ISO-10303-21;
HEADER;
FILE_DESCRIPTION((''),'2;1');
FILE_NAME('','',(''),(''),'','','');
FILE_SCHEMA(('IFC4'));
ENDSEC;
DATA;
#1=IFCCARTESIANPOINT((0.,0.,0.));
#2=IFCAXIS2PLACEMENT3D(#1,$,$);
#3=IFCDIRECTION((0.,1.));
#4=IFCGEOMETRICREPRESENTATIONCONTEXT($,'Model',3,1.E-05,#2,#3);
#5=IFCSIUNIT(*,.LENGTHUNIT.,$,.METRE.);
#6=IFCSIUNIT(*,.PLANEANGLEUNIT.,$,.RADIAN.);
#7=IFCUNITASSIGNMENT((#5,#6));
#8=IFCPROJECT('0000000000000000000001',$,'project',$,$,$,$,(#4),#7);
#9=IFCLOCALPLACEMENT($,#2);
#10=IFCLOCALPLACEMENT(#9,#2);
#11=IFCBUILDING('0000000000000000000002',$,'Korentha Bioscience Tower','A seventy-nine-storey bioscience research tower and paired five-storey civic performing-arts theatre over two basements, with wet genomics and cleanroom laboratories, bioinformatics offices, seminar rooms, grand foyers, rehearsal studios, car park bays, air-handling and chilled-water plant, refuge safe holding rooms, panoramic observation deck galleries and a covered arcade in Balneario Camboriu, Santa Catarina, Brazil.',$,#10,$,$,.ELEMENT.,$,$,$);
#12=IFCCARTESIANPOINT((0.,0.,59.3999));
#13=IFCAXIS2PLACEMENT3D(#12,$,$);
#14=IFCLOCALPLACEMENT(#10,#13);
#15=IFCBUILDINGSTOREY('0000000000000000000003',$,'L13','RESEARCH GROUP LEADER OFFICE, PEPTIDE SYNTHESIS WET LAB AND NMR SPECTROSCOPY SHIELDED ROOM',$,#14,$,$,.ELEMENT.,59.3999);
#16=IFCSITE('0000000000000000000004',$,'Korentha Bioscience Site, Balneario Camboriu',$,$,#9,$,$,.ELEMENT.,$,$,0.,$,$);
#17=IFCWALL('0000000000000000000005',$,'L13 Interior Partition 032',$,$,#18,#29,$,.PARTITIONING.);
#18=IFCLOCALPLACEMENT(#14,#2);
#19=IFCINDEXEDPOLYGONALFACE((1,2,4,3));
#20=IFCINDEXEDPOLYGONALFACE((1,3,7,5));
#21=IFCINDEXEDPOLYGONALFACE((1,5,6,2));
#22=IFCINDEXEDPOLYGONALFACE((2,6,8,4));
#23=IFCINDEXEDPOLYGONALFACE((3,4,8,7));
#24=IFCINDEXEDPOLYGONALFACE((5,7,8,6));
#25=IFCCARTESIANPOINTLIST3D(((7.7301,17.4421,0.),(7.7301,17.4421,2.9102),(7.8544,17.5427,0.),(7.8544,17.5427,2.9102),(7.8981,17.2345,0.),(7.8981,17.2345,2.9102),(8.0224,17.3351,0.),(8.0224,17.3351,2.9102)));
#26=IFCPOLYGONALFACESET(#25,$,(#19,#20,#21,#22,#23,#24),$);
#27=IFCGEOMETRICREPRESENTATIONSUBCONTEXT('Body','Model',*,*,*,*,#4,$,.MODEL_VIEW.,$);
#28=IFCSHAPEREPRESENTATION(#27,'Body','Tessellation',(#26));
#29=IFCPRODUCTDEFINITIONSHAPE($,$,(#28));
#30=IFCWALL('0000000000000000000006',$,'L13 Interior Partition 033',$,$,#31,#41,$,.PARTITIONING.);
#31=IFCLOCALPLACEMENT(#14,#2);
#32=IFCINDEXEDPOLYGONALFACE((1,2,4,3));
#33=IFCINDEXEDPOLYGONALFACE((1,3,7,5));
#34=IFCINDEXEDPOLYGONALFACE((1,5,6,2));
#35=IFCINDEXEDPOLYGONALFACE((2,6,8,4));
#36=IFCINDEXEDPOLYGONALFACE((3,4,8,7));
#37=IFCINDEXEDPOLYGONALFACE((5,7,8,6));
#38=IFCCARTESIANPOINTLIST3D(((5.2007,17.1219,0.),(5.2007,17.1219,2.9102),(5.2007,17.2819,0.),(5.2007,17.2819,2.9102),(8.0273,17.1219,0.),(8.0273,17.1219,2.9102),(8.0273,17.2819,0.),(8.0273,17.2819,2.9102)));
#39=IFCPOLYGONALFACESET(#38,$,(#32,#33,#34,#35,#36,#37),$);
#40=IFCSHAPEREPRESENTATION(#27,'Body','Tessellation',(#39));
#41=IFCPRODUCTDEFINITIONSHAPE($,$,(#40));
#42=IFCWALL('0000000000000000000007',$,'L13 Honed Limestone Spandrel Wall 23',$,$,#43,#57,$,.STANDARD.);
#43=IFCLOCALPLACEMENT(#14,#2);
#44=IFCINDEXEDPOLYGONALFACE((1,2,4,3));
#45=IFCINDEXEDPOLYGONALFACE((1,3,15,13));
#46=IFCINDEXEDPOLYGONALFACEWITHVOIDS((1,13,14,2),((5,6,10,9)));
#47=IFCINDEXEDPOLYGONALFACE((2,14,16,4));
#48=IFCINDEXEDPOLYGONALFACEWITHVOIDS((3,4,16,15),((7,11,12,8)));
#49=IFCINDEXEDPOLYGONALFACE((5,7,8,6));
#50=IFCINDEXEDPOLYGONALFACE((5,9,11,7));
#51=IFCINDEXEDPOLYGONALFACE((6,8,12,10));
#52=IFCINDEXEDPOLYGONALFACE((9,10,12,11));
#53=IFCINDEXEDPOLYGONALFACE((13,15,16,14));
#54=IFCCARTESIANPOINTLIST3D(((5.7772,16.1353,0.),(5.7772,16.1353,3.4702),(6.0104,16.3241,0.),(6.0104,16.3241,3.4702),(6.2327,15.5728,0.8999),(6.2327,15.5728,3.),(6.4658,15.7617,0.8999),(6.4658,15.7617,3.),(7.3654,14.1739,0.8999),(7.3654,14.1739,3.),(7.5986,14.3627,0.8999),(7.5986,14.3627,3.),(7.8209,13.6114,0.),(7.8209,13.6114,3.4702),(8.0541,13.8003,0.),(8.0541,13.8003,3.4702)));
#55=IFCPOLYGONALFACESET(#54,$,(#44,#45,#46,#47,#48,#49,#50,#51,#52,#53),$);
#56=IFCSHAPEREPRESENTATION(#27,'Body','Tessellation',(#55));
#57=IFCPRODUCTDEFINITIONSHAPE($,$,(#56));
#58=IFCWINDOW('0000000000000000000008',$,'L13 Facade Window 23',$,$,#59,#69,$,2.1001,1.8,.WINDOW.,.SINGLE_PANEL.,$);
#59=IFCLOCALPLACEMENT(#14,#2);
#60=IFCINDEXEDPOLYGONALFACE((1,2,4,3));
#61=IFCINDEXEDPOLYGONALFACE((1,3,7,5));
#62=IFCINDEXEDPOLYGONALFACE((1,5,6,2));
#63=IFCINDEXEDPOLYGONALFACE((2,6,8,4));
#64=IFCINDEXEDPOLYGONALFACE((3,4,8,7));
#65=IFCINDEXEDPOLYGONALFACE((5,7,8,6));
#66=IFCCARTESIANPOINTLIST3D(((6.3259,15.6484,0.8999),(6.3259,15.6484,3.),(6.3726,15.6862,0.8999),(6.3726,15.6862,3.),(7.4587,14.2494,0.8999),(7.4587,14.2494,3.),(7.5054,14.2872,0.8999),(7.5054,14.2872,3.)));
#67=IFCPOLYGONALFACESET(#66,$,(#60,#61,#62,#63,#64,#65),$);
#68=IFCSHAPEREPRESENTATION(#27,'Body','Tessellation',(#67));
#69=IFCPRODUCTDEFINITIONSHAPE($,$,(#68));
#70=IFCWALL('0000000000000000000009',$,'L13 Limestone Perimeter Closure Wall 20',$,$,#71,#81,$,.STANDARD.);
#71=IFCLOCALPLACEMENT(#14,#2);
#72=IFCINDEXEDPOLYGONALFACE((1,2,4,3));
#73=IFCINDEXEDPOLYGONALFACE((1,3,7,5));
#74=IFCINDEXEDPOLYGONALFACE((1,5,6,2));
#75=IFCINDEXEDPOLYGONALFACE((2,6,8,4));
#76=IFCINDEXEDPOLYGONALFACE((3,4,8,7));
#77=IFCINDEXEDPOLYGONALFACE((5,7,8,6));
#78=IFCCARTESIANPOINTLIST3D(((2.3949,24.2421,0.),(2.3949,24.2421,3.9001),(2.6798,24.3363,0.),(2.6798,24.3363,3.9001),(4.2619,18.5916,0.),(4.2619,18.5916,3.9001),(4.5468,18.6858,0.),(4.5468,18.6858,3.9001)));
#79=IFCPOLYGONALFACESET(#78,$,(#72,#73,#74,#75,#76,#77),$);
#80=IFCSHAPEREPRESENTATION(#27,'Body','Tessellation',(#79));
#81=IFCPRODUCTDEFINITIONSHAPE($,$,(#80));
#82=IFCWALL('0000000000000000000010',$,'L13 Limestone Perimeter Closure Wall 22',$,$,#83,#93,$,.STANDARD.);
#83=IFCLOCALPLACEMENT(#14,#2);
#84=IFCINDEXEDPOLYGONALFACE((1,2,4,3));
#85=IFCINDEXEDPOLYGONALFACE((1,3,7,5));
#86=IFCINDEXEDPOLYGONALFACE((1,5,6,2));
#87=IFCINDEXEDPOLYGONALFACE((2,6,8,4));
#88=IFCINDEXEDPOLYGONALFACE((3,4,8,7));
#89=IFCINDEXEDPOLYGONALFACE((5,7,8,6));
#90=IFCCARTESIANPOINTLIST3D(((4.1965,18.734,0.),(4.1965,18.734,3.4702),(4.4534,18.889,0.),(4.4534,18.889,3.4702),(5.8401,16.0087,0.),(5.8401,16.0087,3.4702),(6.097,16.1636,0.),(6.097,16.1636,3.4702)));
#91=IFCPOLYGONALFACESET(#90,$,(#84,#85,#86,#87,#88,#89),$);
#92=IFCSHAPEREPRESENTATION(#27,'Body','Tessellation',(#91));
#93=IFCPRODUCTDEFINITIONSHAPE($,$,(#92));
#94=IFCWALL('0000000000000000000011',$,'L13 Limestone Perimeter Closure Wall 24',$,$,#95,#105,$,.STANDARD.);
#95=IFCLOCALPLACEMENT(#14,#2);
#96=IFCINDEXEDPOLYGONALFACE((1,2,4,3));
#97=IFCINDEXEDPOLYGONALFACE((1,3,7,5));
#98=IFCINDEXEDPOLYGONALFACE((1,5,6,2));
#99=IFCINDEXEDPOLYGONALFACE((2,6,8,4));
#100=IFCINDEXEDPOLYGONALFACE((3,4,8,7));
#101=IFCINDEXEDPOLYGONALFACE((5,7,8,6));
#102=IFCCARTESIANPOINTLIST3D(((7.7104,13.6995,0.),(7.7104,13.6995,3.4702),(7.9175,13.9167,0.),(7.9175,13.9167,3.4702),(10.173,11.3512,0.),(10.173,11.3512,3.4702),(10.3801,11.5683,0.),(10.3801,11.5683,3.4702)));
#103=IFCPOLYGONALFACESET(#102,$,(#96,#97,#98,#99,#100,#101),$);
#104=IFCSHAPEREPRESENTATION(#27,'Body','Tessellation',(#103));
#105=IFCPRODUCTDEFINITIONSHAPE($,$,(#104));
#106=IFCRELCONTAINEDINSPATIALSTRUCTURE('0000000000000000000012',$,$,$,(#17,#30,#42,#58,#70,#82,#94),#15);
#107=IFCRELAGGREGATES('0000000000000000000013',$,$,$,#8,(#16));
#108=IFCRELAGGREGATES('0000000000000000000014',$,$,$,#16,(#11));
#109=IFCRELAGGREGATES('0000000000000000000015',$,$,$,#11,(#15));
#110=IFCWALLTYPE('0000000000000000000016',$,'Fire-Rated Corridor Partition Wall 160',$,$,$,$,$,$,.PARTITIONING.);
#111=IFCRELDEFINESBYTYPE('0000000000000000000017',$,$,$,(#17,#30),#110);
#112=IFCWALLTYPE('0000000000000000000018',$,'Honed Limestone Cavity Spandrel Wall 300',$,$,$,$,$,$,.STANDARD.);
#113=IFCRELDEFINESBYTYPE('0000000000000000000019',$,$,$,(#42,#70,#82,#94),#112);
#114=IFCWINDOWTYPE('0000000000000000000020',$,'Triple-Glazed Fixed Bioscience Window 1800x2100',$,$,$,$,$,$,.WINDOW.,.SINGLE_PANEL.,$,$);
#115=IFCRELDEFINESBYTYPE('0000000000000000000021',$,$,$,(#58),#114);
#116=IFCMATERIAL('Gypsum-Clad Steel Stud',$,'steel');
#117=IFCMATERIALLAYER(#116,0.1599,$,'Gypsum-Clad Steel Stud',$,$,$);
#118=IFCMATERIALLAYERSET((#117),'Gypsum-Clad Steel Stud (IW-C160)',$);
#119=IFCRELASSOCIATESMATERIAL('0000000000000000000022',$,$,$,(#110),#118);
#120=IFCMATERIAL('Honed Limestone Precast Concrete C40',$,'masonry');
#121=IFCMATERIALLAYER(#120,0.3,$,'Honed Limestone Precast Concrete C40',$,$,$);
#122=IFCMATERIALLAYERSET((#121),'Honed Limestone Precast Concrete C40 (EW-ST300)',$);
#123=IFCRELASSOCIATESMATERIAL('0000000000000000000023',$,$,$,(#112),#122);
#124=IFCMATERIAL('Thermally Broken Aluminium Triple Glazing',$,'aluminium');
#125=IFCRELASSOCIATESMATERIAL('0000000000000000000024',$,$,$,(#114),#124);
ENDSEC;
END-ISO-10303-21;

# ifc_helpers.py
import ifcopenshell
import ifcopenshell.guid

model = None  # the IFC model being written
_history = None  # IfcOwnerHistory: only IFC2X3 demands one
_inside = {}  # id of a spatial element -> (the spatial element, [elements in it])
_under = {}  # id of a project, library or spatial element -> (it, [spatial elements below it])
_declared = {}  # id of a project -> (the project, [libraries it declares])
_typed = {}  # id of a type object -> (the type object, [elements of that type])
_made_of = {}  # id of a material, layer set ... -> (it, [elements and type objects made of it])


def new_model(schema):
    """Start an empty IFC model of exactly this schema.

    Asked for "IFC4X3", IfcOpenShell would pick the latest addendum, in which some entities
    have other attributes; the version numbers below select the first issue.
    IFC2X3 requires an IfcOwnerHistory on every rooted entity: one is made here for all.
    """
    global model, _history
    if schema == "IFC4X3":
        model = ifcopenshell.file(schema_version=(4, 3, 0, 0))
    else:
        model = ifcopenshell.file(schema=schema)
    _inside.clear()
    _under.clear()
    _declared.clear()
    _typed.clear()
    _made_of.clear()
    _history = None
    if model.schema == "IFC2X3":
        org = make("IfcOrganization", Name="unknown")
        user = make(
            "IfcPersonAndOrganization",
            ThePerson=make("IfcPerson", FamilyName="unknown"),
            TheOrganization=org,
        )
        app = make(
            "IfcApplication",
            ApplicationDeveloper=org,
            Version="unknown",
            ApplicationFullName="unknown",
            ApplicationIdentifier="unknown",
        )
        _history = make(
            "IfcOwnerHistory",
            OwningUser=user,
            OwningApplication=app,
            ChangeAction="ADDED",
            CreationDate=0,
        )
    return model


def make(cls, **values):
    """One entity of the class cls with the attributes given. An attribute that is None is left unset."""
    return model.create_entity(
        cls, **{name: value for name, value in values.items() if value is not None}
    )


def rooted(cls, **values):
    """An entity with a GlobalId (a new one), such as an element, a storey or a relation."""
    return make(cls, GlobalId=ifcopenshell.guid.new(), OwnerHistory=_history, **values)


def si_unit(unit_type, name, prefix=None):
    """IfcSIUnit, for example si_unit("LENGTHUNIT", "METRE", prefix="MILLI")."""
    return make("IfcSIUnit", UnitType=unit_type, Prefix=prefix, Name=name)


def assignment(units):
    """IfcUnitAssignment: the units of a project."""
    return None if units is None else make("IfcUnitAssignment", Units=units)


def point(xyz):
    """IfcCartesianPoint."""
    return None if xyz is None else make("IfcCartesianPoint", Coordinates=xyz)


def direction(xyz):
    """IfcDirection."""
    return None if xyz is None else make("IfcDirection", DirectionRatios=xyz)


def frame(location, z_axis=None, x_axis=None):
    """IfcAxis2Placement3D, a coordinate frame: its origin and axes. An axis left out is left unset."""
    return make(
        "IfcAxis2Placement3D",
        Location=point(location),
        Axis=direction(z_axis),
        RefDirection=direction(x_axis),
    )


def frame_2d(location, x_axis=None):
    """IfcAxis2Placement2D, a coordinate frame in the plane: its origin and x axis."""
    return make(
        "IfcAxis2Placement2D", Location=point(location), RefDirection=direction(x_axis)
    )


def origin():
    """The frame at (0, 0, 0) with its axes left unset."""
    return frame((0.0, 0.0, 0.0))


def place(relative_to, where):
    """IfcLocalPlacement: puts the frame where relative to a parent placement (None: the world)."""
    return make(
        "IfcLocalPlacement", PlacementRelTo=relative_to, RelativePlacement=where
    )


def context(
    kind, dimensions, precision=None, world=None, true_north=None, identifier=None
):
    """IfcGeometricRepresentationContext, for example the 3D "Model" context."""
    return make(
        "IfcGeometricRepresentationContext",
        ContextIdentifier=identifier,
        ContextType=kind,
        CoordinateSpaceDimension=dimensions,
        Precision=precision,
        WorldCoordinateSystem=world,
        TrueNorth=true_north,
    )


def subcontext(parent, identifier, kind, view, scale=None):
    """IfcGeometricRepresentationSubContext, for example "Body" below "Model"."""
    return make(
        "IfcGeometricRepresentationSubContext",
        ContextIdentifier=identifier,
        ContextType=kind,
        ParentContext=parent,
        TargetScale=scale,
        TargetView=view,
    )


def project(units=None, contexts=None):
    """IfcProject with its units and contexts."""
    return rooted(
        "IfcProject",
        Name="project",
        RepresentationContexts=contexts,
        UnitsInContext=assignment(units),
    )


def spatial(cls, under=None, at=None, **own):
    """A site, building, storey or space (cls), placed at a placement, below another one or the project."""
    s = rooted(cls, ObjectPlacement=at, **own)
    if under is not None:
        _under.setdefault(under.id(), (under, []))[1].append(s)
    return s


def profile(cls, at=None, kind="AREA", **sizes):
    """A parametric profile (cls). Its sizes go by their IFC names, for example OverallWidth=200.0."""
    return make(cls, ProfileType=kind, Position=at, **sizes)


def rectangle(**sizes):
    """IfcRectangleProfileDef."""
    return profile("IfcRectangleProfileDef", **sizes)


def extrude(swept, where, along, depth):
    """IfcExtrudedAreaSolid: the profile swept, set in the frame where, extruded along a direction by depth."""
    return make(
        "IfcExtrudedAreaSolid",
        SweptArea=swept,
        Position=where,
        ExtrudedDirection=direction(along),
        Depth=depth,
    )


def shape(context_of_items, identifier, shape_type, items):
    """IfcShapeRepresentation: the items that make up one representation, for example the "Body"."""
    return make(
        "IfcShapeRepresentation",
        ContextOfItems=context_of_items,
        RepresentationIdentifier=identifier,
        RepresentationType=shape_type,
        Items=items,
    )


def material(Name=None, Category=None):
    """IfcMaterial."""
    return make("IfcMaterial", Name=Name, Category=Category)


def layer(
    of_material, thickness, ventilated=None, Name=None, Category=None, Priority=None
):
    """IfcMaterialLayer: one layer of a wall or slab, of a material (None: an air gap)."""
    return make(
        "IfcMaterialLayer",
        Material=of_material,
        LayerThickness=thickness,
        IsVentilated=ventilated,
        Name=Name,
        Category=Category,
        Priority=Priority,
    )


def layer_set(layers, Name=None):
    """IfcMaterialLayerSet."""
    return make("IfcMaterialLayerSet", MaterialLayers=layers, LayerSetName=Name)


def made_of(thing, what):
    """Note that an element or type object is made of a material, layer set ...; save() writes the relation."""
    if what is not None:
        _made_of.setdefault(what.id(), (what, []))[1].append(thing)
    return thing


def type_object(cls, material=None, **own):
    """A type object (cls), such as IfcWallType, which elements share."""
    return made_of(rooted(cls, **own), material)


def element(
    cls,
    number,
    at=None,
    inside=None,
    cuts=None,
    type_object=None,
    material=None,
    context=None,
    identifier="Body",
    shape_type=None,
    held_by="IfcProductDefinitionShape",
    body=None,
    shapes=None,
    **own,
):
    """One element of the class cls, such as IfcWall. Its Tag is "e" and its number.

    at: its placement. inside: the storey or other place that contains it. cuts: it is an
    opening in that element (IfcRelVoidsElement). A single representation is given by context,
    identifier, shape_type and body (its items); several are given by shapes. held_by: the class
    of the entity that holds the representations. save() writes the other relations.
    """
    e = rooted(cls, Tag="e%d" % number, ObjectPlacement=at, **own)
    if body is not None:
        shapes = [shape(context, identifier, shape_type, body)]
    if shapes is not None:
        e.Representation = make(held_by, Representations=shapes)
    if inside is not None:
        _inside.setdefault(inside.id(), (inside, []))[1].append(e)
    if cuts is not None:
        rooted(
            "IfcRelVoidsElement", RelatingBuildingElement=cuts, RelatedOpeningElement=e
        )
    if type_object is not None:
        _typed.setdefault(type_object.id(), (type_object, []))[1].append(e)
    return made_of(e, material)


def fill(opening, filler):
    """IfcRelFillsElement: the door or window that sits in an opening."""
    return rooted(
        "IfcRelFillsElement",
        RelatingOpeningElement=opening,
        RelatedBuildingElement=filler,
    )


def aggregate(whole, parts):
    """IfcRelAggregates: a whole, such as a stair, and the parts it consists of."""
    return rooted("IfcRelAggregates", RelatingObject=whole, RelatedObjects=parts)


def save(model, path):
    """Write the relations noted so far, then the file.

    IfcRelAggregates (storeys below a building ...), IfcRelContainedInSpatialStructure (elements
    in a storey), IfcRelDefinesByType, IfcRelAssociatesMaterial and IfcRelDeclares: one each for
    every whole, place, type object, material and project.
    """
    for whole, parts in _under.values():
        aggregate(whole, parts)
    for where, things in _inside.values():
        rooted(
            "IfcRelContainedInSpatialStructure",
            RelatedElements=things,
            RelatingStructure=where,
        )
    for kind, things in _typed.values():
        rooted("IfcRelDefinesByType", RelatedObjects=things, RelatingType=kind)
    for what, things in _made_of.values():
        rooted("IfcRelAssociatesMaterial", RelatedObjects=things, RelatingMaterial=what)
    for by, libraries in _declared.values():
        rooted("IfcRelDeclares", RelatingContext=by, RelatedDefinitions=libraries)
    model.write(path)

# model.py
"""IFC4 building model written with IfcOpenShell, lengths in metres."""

from ifc_helpers import new_model, si_unit, direction, frame, frame_2d, origin, place, context, subcontext, project, spatial, rectangle, extrude, material, layer, layer_set, type_object, element, fill, save


model = new_model("IFC4")

# Units and contexts
model_context = context("Model", 3, precision=1e-05, world=origin(), true_north=direction((0.0, 1.0)))
body_context = subcontext(model_context, "Body", "Model", "MODEL_VIEW")
ifc_project = project(units=[si_unit("LENGTHUNIT", "METRE"), si_unit("PLANEANGLEUNIT", "RADIAN")], contexts=[model_context])

# Site, building, storey
site_placement = place(None, origin())
site = spatial("IfcSite", under=ifc_project, at=site_placement, Name="Korentha Bioscience Site, Balneario Camboriu", CompositionType="ELEMENT", RefElevation=0.0)
building_placement = place(site_placement, origin())
building = spatial("IfcBuilding", under=site, at=building_placement, Name="Korentha Bioscience Tower", Description="A seventy-nine-storey bioscience research tower and paired five-storey civic performing-arts theatre over two basements, with wet genomics and cleanroom laboratories, bioinformatics offices, seminar rooms, grand foyers, rehearsal studios, car park bays, air-handling and chilled-water plant, refuge safe holding rooms, panoramic observation deck galleries and a covered arcade in Balneario Camboriu, Santa Catarina, Brazil.", CompositionType="ELEMENT")
storey_placement = place(building_placement, frame((0.0, 0.0, 59.3999)))
storey = spatial("IfcBuildingStorey", under=building, at=storey_placement, Name="L13", Description="RESEARCH GROUP LEADER OFFICE, PEPTIDE SYNTHESIS WET LAB AND NMR SPECTROSCOPY SHIELDED ROOM", CompositionType="ELEMENT", Elevation=59.3999)

# Walls
ifc_material_1 = material(Name="Gypsum-Clad Steel Stud", Category="steel")
ifc_layer_1 = layer(ifc_material_1, 0.1599, Name="Gypsum-Clad Steel Stud")
ifc_layer_set_1 = layer_set([ifc_layer_1], Name="Gypsum-Clad Steel Stud (IW-C160)")
wall_type_1 = type_object("IfcWallType", Name="Fire-Rated Corridor Partition Wall 160", PredefinedType="PARTITIONING", material=ifc_layer_set_1)
wall_1_placement = place(storey_placement, frame((7.7922, 17.4924, 0.0), z_axis=(0.0, 0.0, 1.0), x_axis=(0.629146, -0.777287, 0.0)))
element("IfcWall", 1, at=wall_1_placement, inside=storey, type_object=wall_type_1, Name="L13 Interior Partition 032", PredefinedType="PARTITIONING", context=body_context, shape_type="SweptSolid", body=[
    extrude(rectangle(XDim=0.2671, YDim=0.1599, at=frame_2d((0.1335, 0.0))), origin(), (0.0, 0.0, 1.0), 2.9102),
])
wall_2_placement = place(storey_placement, frame((8.0273, 17.2019, 0.0), z_axis=(0.0, 0.0, 1.0), x_axis=(-1.0, 0.0, 0.0)))
element("IfcWall", 2, at=wall_2_placement, inside=storey, type_object=wall_type_1, Name="L13 Interior Partition 033", PredefinedType="PARTITIONING", context=body_context, shape_type="SweptSolid", body=[
    extrude(rectangle(XDim=2.8267, YDim=0.1599, at=frame_2d((1.4133, 0.0))), origin(), (0.0, 0.0, 1.0), 2.9102),
])

# Wall, opening, window
ifc_material_2 = material(Name="Honed Limestone Precast Concrete C40", Category="masonry")
ifc_layer_2 = layer(ifc_material_2, 0.3, Name="Honed Limestone Precast Concrete C40")
ifc_layer_set_2 = layer_set([ifc_layer_2], Name="Honed Limestone Precast Concrete C40 (EW-ST300)")
wall_type_2 = type_object("IfcWallType", Name="Honed Limestone Cavity Spandrel Wall 300", PredefinedType="STANDARD", material=ifc_layer_set_2)
wall_3_placement = place(storey_placement, frame((5.8938, 16.2297, 0.0), z_axis=(0.0, 0.0, 1.0), x_axis=(0.629296, -0.777166, 0.0)))
wall_3 = element("IfcWall", 3, at=wall_3_placement, inside=storey, type_object=wall_type_2, Name="L13 Honed Limestone Spandrel Wall 23", PredefinedType="STANDARD", context=body_context, shape_type="SweptSolid", body=[
    extrude(rectangle(XDim=3.2476, YDim=0.3, at=frame_2d((1.6238, 0.0))), origin(), (0.0, 0.0, 1.0), 3.4702),
])
opening_1_placement = place(wall_3_placement, frame((0.7239, 0.0, 0.8999)))
opening_1 = element("IfcOpeningElement", 4, at=opening_1_placement, cuts=wall_3, PredefinedType="OPENING", context=body_context, shape_type="SweptSolid", body=[
    extrude(rectangle(XDim=1.8, YDim=2.1001, at=frame_2d((0.8999, 1.05))), frame((0.0, 0.165, 0.0), z_axis=(0.0, -1.0, 0.0), x_axis=(1.0, 0.0, 0.0)), (0.0, 0.0, 1.0), 0.3298),
])
ifc_material_3 = material(Name="Thermally Broken Aluminium Triple Glazing", Category="aluminium")
window_type = type_object("IfcWindowType", Name="Triple-Glazed Fixed Bioscience Window 1800x2100", PartitioningType="SINGLE_PANEL", PredefinedType="WINDOW", material=ifc_material_3)
window_placement = place(opening_1_placement, origin())
window = element("IfcWindow", 5, at=window_placement, inside=storey, type_object=window_type, Name="L13 Facade Window 23", OverallHeight=2.1001, OverallWidth=1.8, PartitioningType="SINGLE_PANEL", PredefinedType="WINDOW", context=body_context, shape_type="SweptSolid", body=[
    extrude(rectangle(XDim=1.8, YDim=2.1001, at=frame_2d((0.8999, 1.05))), frame((0.0, 0.03, 0.0), z_axis=(0.0, -1.0, 0.0), x_axis=(1.0, 0.0, 0.0)), (0.0, 0.0, 1.0), 0.0601),
])
fill(opening_1, window)

# Walls
wall_4_placement = place(storey_placement, frame((2.5374, 24.2893, 0.0), z_axis=(0.0, 0.0, 1.0), x_axis=(0.313728, -0.949513, 0.0)))
element("IfcWall", 6, at=wall_4_placement, inside=storey, type_object=wall_type_2, Name="L13 Limestone Perimeter Closure Wall 20", PredefinedType="STANDARD", context=body_context, shape_type="SweptSolid", body=[
    extrude(rectangle(XDim=5.9509, YDim=0.3, at=frame_2d((2.9756, 0.0))), origin(), (0.0, 0.0, 1.0), 3.9001),
])
wall_5_placement = place(storey_placement, frame((4.325, 18.8115, 0.0), z_axis=(0.0, 0.0, 1.0), x_axis=(0.516424, -0.856333, 0.0)))
element("IfcWall", 7, at=wall_5_placement, inside=storey, type_object=wall_type_2, Name="L13 Limestone Perimeter Closure Wall 22", PredefinedType="STANDARD", context=body_context, shape_type="SweptSolid", body=[
    extrude(rectangle(XDim=3.1826, YDim=0.3, at=frame_2d((1.5913, 0.0))), origin(), (0.0, 0.0, 1.0), 3.4702),
])
wall_6_placement = place(storey_placement, frame((7.814, 13.8081, 0.0), z_axis=(0.0, 0.0, 1.0), x_axis=(0.723696, -0.690119, 0.0)))
element("IfcWall", 8, at=wall_6_placement, inside=storey, type_object=wall_type_2, Name="L13 Limestone Perimeter Closure Wall 24", PredefinedType="STANDARD", context=body_context, shape_type="SweptSolid", body=[
    extrude(rectangle(XDim=3.4028, YDim=0.3, at=frame_2d((1.7014, 0.0))), origin(), (0.0, 0.0, 1.0), 3.4702),
])

save(model, "model.ifc")
